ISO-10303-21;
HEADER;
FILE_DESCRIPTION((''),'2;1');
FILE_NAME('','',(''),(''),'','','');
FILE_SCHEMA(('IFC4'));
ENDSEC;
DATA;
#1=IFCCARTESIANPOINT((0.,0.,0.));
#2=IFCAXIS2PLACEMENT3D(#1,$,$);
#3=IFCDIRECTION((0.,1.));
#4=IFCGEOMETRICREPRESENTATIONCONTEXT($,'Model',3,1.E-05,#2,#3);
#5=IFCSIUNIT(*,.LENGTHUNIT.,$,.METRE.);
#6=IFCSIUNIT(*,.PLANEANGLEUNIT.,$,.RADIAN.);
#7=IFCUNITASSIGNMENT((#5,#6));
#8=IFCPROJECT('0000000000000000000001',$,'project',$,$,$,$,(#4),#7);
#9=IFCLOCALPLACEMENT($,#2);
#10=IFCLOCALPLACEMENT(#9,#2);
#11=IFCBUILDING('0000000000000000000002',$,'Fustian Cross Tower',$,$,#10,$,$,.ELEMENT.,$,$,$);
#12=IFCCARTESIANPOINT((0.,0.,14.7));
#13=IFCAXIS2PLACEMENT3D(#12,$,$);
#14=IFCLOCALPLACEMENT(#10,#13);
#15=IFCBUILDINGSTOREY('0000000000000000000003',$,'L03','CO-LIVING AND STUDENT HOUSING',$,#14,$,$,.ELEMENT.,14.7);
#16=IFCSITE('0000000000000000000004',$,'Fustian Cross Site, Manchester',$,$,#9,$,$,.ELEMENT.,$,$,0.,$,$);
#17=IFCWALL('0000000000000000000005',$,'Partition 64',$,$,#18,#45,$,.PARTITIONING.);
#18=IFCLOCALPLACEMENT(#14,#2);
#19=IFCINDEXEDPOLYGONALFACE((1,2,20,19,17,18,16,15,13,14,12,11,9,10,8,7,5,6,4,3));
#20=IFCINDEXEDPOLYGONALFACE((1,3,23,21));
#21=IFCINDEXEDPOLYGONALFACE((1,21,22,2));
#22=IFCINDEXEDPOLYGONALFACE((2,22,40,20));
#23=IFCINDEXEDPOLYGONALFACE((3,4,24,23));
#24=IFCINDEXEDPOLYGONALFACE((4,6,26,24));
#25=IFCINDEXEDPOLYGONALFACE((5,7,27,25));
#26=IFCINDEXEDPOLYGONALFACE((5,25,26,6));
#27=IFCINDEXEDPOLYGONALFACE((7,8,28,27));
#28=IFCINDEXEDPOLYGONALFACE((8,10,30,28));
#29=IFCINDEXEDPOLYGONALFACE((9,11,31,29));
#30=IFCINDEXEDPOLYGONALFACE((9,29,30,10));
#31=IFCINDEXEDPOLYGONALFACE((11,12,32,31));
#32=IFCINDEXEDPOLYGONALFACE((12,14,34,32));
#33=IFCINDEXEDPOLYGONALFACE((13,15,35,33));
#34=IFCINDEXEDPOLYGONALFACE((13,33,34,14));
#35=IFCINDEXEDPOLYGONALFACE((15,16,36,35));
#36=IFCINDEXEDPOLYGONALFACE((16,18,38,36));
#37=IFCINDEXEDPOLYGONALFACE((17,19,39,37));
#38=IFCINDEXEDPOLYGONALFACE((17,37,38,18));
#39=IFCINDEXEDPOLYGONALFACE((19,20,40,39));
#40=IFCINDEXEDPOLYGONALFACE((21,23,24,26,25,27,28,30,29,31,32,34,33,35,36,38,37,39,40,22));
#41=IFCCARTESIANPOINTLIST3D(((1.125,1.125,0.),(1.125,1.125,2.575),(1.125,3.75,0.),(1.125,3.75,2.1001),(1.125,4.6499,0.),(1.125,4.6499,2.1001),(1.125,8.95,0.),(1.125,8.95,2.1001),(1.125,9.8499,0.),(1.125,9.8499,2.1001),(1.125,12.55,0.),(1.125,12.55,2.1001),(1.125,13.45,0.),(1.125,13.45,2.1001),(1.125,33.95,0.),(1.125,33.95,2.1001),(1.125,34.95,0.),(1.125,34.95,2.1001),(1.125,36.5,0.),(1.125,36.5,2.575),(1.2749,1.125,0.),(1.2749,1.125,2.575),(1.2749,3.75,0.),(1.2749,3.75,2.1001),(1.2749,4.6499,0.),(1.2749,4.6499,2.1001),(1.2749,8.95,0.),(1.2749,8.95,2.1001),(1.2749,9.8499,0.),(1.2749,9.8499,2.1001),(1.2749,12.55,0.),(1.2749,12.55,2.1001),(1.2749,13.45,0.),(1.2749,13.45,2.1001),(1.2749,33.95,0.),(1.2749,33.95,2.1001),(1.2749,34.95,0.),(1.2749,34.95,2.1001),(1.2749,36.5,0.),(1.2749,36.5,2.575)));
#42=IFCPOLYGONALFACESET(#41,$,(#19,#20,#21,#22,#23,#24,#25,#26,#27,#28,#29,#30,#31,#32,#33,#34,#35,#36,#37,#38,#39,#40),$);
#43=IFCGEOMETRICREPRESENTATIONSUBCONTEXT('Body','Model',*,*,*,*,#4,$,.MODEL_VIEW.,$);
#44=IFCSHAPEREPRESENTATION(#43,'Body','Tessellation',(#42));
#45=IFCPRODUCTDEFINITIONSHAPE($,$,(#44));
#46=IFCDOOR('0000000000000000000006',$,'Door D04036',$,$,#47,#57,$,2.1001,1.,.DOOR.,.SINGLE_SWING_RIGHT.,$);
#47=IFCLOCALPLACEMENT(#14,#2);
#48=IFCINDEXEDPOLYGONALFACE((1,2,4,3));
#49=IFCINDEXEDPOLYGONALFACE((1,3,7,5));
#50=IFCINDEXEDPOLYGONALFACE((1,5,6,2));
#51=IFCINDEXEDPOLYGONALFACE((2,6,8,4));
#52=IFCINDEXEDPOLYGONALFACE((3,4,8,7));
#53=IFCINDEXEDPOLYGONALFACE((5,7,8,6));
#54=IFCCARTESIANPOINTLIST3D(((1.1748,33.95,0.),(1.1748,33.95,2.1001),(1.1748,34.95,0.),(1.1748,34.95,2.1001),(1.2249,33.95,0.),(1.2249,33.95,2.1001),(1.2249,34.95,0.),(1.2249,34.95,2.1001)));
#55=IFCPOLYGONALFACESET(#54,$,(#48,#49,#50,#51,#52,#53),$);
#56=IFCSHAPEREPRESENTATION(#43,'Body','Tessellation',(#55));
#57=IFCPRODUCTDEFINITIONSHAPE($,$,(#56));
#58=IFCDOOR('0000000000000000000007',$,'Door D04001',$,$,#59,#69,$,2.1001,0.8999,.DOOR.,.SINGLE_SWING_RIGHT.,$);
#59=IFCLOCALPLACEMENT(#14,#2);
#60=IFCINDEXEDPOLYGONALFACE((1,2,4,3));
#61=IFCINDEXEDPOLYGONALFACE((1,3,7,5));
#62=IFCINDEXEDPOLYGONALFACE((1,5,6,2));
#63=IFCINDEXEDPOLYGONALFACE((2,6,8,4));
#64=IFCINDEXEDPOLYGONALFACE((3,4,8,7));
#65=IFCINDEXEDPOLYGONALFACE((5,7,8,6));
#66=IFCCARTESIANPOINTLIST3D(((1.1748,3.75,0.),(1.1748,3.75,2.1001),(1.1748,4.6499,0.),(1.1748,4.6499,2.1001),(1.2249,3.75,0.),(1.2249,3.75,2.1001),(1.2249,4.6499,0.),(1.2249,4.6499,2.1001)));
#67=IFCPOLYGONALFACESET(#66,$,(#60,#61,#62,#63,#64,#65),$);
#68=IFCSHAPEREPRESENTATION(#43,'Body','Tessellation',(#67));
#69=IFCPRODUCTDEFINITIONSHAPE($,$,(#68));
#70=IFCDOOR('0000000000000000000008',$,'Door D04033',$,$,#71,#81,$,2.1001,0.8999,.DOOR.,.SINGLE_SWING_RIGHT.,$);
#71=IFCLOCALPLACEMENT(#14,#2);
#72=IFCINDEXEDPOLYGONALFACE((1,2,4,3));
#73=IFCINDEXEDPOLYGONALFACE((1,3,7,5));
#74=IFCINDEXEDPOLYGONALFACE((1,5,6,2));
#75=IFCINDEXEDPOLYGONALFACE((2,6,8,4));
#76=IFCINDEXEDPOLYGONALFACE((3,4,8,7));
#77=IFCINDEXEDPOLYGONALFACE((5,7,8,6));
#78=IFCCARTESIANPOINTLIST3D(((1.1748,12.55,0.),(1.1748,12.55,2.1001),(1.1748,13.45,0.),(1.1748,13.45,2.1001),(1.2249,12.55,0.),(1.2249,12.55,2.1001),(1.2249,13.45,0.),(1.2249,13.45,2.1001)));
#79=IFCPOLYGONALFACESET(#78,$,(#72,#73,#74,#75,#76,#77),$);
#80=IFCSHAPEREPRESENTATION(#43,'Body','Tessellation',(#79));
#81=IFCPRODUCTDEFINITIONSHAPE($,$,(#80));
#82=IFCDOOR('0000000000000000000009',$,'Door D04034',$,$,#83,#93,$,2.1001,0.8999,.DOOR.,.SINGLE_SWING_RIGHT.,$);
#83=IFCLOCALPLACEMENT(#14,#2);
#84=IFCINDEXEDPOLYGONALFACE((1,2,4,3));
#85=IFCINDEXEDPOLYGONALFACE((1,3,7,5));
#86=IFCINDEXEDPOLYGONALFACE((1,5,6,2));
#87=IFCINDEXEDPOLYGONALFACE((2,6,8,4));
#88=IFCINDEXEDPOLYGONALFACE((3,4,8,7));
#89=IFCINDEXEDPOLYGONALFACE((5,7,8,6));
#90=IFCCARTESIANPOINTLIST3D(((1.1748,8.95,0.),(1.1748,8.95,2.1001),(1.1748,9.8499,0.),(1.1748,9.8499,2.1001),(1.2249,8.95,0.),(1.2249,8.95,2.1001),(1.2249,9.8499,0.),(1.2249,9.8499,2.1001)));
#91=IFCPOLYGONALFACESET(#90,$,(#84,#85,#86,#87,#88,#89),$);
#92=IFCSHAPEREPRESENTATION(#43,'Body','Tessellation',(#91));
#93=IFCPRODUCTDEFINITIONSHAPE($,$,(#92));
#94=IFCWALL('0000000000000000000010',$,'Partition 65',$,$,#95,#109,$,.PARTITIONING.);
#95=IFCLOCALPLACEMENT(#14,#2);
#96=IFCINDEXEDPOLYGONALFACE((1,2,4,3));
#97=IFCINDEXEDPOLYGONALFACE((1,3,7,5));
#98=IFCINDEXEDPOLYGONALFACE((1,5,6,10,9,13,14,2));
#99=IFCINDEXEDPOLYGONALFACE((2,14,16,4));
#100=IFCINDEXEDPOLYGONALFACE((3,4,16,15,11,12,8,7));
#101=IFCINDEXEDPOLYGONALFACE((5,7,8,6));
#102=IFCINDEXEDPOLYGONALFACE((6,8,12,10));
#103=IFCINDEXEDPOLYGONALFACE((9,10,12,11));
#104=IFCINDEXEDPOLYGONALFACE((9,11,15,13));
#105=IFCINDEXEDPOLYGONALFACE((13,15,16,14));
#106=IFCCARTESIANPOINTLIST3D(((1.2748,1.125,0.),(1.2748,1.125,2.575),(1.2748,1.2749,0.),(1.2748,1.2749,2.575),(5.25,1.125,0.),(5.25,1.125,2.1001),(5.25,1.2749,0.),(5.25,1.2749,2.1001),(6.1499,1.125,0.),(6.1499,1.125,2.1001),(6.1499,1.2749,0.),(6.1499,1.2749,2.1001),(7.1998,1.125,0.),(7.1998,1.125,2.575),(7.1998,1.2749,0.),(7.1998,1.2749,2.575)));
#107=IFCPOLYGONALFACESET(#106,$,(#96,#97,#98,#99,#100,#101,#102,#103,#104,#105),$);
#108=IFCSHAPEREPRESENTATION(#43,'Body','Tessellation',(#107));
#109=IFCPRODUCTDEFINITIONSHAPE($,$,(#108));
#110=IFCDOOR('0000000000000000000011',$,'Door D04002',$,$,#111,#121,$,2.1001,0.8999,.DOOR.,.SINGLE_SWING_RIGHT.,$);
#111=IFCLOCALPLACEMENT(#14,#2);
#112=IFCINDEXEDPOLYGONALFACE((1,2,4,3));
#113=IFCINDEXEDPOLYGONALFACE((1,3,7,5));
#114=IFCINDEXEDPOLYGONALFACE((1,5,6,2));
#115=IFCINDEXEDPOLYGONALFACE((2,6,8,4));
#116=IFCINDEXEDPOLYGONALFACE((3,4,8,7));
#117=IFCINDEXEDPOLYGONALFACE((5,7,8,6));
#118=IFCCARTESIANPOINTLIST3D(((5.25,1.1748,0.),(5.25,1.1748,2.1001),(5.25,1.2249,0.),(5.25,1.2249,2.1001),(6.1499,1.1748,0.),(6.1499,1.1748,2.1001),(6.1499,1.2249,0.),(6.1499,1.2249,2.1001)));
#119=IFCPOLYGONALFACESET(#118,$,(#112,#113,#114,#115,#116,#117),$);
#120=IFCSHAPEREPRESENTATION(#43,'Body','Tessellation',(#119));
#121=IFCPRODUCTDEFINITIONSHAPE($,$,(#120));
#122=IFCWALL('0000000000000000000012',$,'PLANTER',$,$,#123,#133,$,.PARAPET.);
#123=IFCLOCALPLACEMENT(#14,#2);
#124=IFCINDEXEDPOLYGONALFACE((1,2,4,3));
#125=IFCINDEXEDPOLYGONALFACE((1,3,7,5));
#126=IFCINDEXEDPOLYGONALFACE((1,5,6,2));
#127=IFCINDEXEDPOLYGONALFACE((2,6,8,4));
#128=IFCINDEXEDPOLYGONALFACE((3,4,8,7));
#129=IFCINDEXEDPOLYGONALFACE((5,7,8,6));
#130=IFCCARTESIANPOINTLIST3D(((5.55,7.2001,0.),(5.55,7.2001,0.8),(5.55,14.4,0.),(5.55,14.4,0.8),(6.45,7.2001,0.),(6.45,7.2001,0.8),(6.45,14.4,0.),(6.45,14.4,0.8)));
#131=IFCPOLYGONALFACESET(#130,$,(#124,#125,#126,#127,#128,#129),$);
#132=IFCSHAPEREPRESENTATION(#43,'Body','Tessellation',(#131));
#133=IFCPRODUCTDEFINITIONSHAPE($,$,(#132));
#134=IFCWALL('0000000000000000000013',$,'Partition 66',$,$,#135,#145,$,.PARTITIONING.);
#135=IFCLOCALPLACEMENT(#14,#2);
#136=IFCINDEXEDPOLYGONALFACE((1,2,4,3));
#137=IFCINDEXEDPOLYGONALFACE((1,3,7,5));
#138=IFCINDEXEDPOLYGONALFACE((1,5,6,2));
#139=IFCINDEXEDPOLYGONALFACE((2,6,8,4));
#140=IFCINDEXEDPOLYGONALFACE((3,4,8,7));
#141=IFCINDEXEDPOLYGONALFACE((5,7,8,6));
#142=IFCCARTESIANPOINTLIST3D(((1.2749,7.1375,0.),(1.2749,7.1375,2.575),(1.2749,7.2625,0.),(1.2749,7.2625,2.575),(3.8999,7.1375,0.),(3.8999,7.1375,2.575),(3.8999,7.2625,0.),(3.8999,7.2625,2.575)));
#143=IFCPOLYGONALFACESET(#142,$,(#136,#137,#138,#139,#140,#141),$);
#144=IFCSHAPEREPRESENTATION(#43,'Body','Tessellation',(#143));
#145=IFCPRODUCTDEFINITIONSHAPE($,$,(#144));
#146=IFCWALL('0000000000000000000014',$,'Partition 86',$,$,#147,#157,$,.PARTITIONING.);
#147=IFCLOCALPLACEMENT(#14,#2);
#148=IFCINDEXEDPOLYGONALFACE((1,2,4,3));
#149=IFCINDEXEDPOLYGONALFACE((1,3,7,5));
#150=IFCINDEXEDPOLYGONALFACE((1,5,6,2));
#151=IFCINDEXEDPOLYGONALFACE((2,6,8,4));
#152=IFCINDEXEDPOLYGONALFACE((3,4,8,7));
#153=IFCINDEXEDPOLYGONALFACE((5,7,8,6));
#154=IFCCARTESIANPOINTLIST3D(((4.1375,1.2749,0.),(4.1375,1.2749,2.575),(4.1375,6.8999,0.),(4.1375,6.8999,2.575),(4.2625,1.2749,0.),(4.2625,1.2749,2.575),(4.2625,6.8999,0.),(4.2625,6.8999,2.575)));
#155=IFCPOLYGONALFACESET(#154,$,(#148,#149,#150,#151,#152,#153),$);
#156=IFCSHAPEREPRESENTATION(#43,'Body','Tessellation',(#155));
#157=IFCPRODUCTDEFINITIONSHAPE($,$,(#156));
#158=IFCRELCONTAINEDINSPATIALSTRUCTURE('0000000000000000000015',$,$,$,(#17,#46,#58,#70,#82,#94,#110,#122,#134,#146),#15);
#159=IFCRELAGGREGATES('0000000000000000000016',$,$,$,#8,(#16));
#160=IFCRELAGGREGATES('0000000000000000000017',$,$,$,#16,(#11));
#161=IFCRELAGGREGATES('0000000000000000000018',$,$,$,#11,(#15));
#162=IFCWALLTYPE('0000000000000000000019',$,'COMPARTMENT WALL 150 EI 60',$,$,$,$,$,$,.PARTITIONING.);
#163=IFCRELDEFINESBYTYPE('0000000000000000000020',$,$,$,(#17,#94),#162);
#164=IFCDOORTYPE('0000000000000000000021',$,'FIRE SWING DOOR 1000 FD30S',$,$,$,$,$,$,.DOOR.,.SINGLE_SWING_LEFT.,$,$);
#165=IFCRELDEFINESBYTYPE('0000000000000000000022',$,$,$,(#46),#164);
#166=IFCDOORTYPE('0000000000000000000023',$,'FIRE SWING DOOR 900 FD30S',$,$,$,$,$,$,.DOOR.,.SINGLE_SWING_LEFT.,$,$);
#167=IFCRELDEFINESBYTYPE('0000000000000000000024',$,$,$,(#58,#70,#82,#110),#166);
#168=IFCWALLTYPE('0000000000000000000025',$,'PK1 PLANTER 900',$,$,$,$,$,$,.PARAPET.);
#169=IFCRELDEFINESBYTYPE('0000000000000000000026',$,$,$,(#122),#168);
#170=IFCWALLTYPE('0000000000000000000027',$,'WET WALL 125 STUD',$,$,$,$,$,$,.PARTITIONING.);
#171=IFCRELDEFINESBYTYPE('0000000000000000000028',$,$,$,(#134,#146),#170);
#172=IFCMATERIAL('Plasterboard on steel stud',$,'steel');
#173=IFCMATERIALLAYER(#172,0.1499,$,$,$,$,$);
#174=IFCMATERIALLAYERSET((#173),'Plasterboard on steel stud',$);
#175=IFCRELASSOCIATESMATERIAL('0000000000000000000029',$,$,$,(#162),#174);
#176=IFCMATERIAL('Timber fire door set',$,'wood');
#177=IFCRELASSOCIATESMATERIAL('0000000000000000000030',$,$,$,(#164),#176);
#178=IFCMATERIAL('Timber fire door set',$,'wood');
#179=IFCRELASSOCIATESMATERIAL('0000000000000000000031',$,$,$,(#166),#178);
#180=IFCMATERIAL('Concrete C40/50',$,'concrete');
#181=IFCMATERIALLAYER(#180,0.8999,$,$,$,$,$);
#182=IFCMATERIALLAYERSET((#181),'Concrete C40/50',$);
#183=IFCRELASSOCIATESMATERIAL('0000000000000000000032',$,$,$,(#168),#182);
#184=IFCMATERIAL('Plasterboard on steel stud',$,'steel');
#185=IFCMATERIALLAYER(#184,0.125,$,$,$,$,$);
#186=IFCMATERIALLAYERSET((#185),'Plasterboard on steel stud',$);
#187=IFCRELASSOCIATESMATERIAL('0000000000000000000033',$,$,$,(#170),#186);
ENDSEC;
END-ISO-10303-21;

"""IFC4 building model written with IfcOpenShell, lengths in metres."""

from ifc_helpers import new_model, si_unit, direction, frame, frame_2d, origin, place, context, subcontext, project, spatial, rectangle, extrude, material, layer, layer_set, type_object, element, fill, save


model = new_model("IFC4")

# Units and contexts
model_context = context("Model", 3, precision=1e-05, world=origin(), true_north=direction((0.0, 1.0)))
body_context = subcontext(model_context, "Body", "Model", "MODEL_VIEW")
ifc_project = project(units=[si_unit("LENGTHUNIT", "METRE"), si_unit("PLANEANGLEUNIT", "RADIAN")], contexts=[model_context])

# Site, building, storey
site_placement = place(None, origin())
site = spatial("IfcSite", under=ifc_project, at=site_placement, Name="Fustian Cross Site, Manchester", CompositionType="ELEMENT", RefElevation=0.0)
building_placement = place(site_placement, origin())
building = spatial("IfcBuilding", under=site, at=building_placement, Name="Fustian Cross Tower", CompositionType="ELEMENT")
storey_placement = place(building_placement, frame((0.0, 0.0, 14.7)))
storey = spatial("IfcBuildingStorey", under=building, at=storey_placement, Name="L03", Description="CO-LIVING AND STUDENT HOUSING", CompositionType="ELEMENT", Elevation=14.7)

# Wall, openings, doors
ifc_material_1 = material(Name="Plasterboard on steel stud", Category="steel")
ifc_layer_1 = layer(ifc_material_1, 0.1499)
ifc_layer_set_1 = layer_set([ifc_layer_1], Name="Plasterboard on steel stud")
wall_type_1 = type_object("IfcWallType", Name="COMPARTMENT WALL 150 EI 60", PredefinedType="PARTITIONING", material=ifc_layer_set_1)
wall_1_placement = place(storey_placement, frame((1.2, 1.125, 0.0), z_axis=(0.0, 0.0, 1.0), x_axis=(0.0, 1.0, 0.0)))
wall_1 = element("IfcWall", 1, at=wall_1_placement, inside=storey, type_object=wall_type_1, Name="Partition 64", PredefinedType="PARTITIONING", context=body_context, shape_type="SweptSolid", body=[
    extrude(rectangle(XDim=35.375, YDim=0.1499, at=frame_2d((17.6875, 0.0))), origin(), (0.0, 0.0, 1.0), 2.575),
])
opening_1_placement = place(wall_1_placement, frame((2.625, 0.0, 0.0)))
opening_1 = element("IfcOpeningElement", 2, at=opening_1_placement, cuts=wall_1, PredefinedType="OPENING", context=body_context, shape_type="SweptSolid", body=[
    extrude(rectangle(XDim=0.8999, YDim=2.1001, at=frame_2d((0.45, 1.05))), frame((0.0, 0.085, 0.0), z_axis=(0.0, -1.0, 0.0), x_axis=(1.0, 0.0, 0.0)), (0.0, 0.0, 1.0), 0.1699),
])
opening_2_placement = place(wall_1_placement, frame((11.425, 0.0, 0.0)))
opening_2 = element("IfcOpeningElement", 3, at=opening_2_placement, cuts=wall_1, PredefinedType="OPENING", context=body_context, shape_type="SweptSolid", body=[
    extrude(rectangle(XDim=0.8999, YDim=2.1001, at=frame_2d((0.45, 1.05))), frame((0.0, 0.085, 0.0), z_axis=(0.0, -1.0, 0.0), x_axis=(1.0, 0.0, 0.0)), (0.0, 0.0, 1.0), 0.1699),
])
opening_3_placement = place(wall_1_placement, frame((7.825, 0.0, 0.0)))
opening_3 = element("IfcOpeningElement", 4, at=opening_3_placement, cuts=wall_1, PredefinedType="OPENING", context=body_context, shape_type="SweptSolid", body=[
    extrude(rectangle(XDim=0.8999, YDim=2.1001, at=frame_2d((0.45, 1.05))), frame((0.0, 0.085, 0.0), z_axis=(0.0, -1.0, 0.0), x_axis=(1.0, 0.0, 0.0)), (0.0, 0.0, 1.0), 0.1699),
])
opening_4_placement = place(wall_1_placement, frame((32.825, 0.0, 0.0)))
opening_4 = element("IfcOpeningElement", 5, at=opening_4_placement, cuts=wall_1, PredefinedType="OPENING", context=body_context, shape_type="SweptSolid", body=[
    extrude(rectangle(XDim=1.0, YDim=2.1001, at=frame_2d((0.5, 1.05))), frame((0.0, 0.085, 0.0), z_axis=(0.0, -1.0, 0.0), x_axis=(1.0, 0.0, 0.0)), (0.0, 0.0, 1.0), 0.1699),
])
ifc_material_2 = material(Name="Timber fire door set", Category="wood")
door_type_1 = type_object("IfcDoorType", Name="FIRE SWING DOOR 1000 FD30S", OperationType="SINGLE_SWING_LEFT", PredefinedType="DOOR", material=ifc_material_2)
door_1_placement = place(opening_4_placement, frame((1.0, 0.0, 0.0), z_axis=(0.0, 0.0, 1.0), x_axis=(-1.0, 0.0, 0.0)))
door_1 = element("IfcDoor", 6, at=door_1_placement, inside=storey, type_object=door_type_1, Name="Door D04036", OperationType="SINGLE_SWING_RIGHT", OverallHeight=2.1001, OverallWidth=1.0, PredefinedType="DOOR", context=body_context, shape_type="SweptSolid", body=[
    extrude(rectangle(XDim=1.0, YDim=2.1001, at=frame_2d((0.5, 1.05))), frame((0.0, 0.0249, 0.0), z_axis=(0.0, -1.0, 0.0), x_axis=(1.0, 0.0, 0.0)), (0.0, 0.0, 1.0), 0.05),
])
fill(opening_4, door_1)
ifc_material_3 = material(Name="Timber fire door set", Category="wood")
door_type_2 = type_object("IfcDoorType", Name="FIRE SWING DOOR 900 FD30S", OperationType="SINGLE_SWING_LEFT", PredefinedType="DOOR", material=ifc_material_3)
door_2_placement = place(opening_1_placement, frame((0.8999, 0.0, 0.0), z_axis=(0.0, 0.0, 1.0), x_axis=(-1.0, 0.0, 0.0)))
door_2 = element("IfcDoor", 7, at=door_2_placement, inside=storey, type_object=door_type_2, Name="Door D04001", OperationType="SINGLE_SWING_RIGHT", OverallHeight=2.1001, OverallWidth=0.8999, PredefinedType="DOOR", context=body_context, shape_type="SweptSolid", body=[
    extrude(rectangle(XDim=0.8999, YDim=2.1001, at=frame_2d((0.45, 1.05))), frame((0.0, 0.0249, 0.0), z_axis=(0.0, -1.0, 0.0), x_axis=(1.0, 0.0, 0.0)), (0.0, 0.0, 1.0), 0.05),
])
fill(opening_1, door_2)
door_3_placement = place(opening_2_placement, frame((0.8999, 0.0, 0.0), z_axis=(0.0, 0.0, 1.0), x_axis=(-1.0, 0.0, 0.0)))
door_3 = element("IfcDoor", 8, at=door_3_placement, inside=storey, type_object=door_type_2, Name="Door D04033", OperationType="SINGLE_SWING_RIGHT", OverallHeight=2.1001, OverallWidth=0.8999, PredefinedType="DOOR", context=body_context, shape_type="SweptSolid", body=[
    extrude(rectangle(XDim=0.8999, YDim=2.1001, at=frame_2d((0.45, 1.05))), frame((0.0, 0.0249, 0.0), z_axis=(0.0, -1.0, 0.0), x_axis=(1.0, 0.0, 0.0)), (0.0, 0.0, 1.0), 0.05),
])
fill(opening_2, door_3)
door_4_placement = place(opening_3_placement, frame((0.8999, 0.0, 0.0), z_axis=(0.0, 0.0, 1.0), x_axis=(-1.0, 0.0, 0.0)))
door_4 = element("IfcDoor", 9, at=door_4_placement, inside=storey, type_object=door_type_2, Name="Door D04034", OperationType="SINGLE_SWING_RIGHT", OverallHeight=2.1001, OverallWidth=0.8999, PredefinedType="DOOR", context=body_context, shape_type="SweptSolid", body=[
    extrude(rectangle(XDim=0.8999, YDim=2.1001, at=frame_2d((0.45, 1.05))), frame((0.0, 0.0249, 0.0), z_axis=(0.0, -1.0, 0.0), x_axis=(1.0, 0.0, 0.0)), (0.0, 0.0, 1.0), 0.05),
])
fill(opening_3, door_4)

# Wall, opening, door
wall_2_placement = place(storey_placement, frame((1.2749, 1.2, 0.0), z_axis=(0.0, 0.0, 1.0), x_axis=(1.0, 0.0, 0.0)))
wall_2 = element("IfcWall", 10, at=wall_2_placement, inside=storey, type_object=wall_type_1, Name="Partition 65", PredefinedType="PARTITIONING", context=body_context, shape_type="SweptSolid", body=[
    extrude(rectangle(XDim=5.925, YDim=0.1499, at=frame_2d((2.9624, 0.0))), origin(), (0.0, 0.0, 1.0), 2.575),
])
opening_5_placement = place(wall_2_placement, frame((3.9751, 0.0, 0.0)))
opening_5 = element("IfcOpeningElement", 11, at=opening_5_placement, cuts=wall_2, PredefinedType="OPENING", context=body_context, shape_type="SweptSolid", body=[
    extrude(rectangle(XDim=0.8999, YDim=2.1001, at=frame_2d((0.45, 1.05))), frame((0.0, 0.085, 0.0), z_axis=(0.0, -1.0, 0.0), x_axis=(1.0, 0.0, 0.0)), (0.0, 0.0, 1.0), 0.1699),
])
door_5_placement = place(opening_5_placement, origin())
door_5 = element("IfcDoor", 12, at=door_5_placement, inside=storey, type_object=door_type_2, Name="Door D04002", OperationType="SINGLE_SWING_RIGHT", OverallHeight=2.1001, OverallWidth=0.8999, PredefinedType="DOOR", context=body_context, shape_type="SweptSolid", body=[
    extrude(rectangle(XDim=0.8999, YDim=2.1001, at=frame_2d((0.45, 1.05))), frame((0.0, 0.0249, 0.0), z_axis=(0.0, -1.0, 0.0), x_axis=(1.0, 0.0, 0.0)), (0.0, 0.0, 1.0), 0.05),
])
fill(opening_5, door_5)

# Walls
ifc_material_4 = material(Name="Concrete C40/50", Category="concrete")
ifc_layer_2 = layer(ifc_material_4, 0.8999)
ifc_layer_set_2 = layer_set([ifc_layer_2], Name="Concrete C40/50")
wall_type_2 = type_object("IfcWallType", Name="PK1 PLANTER 900", PredefinedType="PARAPET", material=ifc_layer_set_2)
wall_3_placement = place(storey_placement, frame((6.0, 7.2, 0.0), z_axis=(0.0, 0.0, 1.0), x_axis=(0.0, 1.0, 0.0)))
element("IfcWall", 13, at=wall_3_placement, inside=storey, type_object=wall_type_2, Name="PLANTER", PredefinedType="PARAPET", context=body_context, shape_type="SweptSolid", body=[
    extrude(rectangle(XDim=7.2, YDim=0.8999, at=frame_2d((3.6001, 0.0))), origin(), (0.0, 0.0, 1.0), 0.8),
])
ifc_material_5 = material(Name="Plasterboard on steel stud", Category="steel")
ifc_layer_3 = layer(ifc_material_5, 0.125)
ifc_layer_set_3 = layer_set([ifc_layer_3], Name="Plasterboard on steel stud")
wall_type_3 = type_object("IfcWallType", Name="WET WALL 125 STUD", PredefinedType="PARTITIONING", material=ifc_layer_set_3)
wall_4_placement = place(storey_placement, frame((1.2749, 7.2, 0.0), z_axis=(0.0, 0.0, 1.0), x_axis=(1.0, 0.0, 0.0)))
element("IfcWall", 14, at=wall_4_placement, inside=storey, type_object=wall_type_3, Name="Partition 66", PredefinedType="PARTITIONING", context=body_context, shape_type="SweptSolid", body=[
    extrude(rectangle(XDim=2.625, YDim=0.125, at=frame_2d((1.3125, 0.0))), origin(), (0.0, 0.0, 1.0), 2.575),
])
wall_5_placement = place(storey_placement, frame((4.2, 1.2749, 0.0), z_axis=(0.0, 0.0, 1.0), x_axis=(0.0, 1.0, 0.0)))
element("IfcWall", 15, at=wall_5_placement, inside=storey, type_object=wall_type_3, Name="Partition 86", PredefinedType="PARTITIONING", context=body_context, shape_type="SweptSolid", body=[
    extrude(rectangle(XDim=5.625, YDim=0.125, at=frame_2d((2.8125, 0.0))), origin(), (0.0, 0.0, 1.0), 2.575),
])

save(model, "model.ifc")
